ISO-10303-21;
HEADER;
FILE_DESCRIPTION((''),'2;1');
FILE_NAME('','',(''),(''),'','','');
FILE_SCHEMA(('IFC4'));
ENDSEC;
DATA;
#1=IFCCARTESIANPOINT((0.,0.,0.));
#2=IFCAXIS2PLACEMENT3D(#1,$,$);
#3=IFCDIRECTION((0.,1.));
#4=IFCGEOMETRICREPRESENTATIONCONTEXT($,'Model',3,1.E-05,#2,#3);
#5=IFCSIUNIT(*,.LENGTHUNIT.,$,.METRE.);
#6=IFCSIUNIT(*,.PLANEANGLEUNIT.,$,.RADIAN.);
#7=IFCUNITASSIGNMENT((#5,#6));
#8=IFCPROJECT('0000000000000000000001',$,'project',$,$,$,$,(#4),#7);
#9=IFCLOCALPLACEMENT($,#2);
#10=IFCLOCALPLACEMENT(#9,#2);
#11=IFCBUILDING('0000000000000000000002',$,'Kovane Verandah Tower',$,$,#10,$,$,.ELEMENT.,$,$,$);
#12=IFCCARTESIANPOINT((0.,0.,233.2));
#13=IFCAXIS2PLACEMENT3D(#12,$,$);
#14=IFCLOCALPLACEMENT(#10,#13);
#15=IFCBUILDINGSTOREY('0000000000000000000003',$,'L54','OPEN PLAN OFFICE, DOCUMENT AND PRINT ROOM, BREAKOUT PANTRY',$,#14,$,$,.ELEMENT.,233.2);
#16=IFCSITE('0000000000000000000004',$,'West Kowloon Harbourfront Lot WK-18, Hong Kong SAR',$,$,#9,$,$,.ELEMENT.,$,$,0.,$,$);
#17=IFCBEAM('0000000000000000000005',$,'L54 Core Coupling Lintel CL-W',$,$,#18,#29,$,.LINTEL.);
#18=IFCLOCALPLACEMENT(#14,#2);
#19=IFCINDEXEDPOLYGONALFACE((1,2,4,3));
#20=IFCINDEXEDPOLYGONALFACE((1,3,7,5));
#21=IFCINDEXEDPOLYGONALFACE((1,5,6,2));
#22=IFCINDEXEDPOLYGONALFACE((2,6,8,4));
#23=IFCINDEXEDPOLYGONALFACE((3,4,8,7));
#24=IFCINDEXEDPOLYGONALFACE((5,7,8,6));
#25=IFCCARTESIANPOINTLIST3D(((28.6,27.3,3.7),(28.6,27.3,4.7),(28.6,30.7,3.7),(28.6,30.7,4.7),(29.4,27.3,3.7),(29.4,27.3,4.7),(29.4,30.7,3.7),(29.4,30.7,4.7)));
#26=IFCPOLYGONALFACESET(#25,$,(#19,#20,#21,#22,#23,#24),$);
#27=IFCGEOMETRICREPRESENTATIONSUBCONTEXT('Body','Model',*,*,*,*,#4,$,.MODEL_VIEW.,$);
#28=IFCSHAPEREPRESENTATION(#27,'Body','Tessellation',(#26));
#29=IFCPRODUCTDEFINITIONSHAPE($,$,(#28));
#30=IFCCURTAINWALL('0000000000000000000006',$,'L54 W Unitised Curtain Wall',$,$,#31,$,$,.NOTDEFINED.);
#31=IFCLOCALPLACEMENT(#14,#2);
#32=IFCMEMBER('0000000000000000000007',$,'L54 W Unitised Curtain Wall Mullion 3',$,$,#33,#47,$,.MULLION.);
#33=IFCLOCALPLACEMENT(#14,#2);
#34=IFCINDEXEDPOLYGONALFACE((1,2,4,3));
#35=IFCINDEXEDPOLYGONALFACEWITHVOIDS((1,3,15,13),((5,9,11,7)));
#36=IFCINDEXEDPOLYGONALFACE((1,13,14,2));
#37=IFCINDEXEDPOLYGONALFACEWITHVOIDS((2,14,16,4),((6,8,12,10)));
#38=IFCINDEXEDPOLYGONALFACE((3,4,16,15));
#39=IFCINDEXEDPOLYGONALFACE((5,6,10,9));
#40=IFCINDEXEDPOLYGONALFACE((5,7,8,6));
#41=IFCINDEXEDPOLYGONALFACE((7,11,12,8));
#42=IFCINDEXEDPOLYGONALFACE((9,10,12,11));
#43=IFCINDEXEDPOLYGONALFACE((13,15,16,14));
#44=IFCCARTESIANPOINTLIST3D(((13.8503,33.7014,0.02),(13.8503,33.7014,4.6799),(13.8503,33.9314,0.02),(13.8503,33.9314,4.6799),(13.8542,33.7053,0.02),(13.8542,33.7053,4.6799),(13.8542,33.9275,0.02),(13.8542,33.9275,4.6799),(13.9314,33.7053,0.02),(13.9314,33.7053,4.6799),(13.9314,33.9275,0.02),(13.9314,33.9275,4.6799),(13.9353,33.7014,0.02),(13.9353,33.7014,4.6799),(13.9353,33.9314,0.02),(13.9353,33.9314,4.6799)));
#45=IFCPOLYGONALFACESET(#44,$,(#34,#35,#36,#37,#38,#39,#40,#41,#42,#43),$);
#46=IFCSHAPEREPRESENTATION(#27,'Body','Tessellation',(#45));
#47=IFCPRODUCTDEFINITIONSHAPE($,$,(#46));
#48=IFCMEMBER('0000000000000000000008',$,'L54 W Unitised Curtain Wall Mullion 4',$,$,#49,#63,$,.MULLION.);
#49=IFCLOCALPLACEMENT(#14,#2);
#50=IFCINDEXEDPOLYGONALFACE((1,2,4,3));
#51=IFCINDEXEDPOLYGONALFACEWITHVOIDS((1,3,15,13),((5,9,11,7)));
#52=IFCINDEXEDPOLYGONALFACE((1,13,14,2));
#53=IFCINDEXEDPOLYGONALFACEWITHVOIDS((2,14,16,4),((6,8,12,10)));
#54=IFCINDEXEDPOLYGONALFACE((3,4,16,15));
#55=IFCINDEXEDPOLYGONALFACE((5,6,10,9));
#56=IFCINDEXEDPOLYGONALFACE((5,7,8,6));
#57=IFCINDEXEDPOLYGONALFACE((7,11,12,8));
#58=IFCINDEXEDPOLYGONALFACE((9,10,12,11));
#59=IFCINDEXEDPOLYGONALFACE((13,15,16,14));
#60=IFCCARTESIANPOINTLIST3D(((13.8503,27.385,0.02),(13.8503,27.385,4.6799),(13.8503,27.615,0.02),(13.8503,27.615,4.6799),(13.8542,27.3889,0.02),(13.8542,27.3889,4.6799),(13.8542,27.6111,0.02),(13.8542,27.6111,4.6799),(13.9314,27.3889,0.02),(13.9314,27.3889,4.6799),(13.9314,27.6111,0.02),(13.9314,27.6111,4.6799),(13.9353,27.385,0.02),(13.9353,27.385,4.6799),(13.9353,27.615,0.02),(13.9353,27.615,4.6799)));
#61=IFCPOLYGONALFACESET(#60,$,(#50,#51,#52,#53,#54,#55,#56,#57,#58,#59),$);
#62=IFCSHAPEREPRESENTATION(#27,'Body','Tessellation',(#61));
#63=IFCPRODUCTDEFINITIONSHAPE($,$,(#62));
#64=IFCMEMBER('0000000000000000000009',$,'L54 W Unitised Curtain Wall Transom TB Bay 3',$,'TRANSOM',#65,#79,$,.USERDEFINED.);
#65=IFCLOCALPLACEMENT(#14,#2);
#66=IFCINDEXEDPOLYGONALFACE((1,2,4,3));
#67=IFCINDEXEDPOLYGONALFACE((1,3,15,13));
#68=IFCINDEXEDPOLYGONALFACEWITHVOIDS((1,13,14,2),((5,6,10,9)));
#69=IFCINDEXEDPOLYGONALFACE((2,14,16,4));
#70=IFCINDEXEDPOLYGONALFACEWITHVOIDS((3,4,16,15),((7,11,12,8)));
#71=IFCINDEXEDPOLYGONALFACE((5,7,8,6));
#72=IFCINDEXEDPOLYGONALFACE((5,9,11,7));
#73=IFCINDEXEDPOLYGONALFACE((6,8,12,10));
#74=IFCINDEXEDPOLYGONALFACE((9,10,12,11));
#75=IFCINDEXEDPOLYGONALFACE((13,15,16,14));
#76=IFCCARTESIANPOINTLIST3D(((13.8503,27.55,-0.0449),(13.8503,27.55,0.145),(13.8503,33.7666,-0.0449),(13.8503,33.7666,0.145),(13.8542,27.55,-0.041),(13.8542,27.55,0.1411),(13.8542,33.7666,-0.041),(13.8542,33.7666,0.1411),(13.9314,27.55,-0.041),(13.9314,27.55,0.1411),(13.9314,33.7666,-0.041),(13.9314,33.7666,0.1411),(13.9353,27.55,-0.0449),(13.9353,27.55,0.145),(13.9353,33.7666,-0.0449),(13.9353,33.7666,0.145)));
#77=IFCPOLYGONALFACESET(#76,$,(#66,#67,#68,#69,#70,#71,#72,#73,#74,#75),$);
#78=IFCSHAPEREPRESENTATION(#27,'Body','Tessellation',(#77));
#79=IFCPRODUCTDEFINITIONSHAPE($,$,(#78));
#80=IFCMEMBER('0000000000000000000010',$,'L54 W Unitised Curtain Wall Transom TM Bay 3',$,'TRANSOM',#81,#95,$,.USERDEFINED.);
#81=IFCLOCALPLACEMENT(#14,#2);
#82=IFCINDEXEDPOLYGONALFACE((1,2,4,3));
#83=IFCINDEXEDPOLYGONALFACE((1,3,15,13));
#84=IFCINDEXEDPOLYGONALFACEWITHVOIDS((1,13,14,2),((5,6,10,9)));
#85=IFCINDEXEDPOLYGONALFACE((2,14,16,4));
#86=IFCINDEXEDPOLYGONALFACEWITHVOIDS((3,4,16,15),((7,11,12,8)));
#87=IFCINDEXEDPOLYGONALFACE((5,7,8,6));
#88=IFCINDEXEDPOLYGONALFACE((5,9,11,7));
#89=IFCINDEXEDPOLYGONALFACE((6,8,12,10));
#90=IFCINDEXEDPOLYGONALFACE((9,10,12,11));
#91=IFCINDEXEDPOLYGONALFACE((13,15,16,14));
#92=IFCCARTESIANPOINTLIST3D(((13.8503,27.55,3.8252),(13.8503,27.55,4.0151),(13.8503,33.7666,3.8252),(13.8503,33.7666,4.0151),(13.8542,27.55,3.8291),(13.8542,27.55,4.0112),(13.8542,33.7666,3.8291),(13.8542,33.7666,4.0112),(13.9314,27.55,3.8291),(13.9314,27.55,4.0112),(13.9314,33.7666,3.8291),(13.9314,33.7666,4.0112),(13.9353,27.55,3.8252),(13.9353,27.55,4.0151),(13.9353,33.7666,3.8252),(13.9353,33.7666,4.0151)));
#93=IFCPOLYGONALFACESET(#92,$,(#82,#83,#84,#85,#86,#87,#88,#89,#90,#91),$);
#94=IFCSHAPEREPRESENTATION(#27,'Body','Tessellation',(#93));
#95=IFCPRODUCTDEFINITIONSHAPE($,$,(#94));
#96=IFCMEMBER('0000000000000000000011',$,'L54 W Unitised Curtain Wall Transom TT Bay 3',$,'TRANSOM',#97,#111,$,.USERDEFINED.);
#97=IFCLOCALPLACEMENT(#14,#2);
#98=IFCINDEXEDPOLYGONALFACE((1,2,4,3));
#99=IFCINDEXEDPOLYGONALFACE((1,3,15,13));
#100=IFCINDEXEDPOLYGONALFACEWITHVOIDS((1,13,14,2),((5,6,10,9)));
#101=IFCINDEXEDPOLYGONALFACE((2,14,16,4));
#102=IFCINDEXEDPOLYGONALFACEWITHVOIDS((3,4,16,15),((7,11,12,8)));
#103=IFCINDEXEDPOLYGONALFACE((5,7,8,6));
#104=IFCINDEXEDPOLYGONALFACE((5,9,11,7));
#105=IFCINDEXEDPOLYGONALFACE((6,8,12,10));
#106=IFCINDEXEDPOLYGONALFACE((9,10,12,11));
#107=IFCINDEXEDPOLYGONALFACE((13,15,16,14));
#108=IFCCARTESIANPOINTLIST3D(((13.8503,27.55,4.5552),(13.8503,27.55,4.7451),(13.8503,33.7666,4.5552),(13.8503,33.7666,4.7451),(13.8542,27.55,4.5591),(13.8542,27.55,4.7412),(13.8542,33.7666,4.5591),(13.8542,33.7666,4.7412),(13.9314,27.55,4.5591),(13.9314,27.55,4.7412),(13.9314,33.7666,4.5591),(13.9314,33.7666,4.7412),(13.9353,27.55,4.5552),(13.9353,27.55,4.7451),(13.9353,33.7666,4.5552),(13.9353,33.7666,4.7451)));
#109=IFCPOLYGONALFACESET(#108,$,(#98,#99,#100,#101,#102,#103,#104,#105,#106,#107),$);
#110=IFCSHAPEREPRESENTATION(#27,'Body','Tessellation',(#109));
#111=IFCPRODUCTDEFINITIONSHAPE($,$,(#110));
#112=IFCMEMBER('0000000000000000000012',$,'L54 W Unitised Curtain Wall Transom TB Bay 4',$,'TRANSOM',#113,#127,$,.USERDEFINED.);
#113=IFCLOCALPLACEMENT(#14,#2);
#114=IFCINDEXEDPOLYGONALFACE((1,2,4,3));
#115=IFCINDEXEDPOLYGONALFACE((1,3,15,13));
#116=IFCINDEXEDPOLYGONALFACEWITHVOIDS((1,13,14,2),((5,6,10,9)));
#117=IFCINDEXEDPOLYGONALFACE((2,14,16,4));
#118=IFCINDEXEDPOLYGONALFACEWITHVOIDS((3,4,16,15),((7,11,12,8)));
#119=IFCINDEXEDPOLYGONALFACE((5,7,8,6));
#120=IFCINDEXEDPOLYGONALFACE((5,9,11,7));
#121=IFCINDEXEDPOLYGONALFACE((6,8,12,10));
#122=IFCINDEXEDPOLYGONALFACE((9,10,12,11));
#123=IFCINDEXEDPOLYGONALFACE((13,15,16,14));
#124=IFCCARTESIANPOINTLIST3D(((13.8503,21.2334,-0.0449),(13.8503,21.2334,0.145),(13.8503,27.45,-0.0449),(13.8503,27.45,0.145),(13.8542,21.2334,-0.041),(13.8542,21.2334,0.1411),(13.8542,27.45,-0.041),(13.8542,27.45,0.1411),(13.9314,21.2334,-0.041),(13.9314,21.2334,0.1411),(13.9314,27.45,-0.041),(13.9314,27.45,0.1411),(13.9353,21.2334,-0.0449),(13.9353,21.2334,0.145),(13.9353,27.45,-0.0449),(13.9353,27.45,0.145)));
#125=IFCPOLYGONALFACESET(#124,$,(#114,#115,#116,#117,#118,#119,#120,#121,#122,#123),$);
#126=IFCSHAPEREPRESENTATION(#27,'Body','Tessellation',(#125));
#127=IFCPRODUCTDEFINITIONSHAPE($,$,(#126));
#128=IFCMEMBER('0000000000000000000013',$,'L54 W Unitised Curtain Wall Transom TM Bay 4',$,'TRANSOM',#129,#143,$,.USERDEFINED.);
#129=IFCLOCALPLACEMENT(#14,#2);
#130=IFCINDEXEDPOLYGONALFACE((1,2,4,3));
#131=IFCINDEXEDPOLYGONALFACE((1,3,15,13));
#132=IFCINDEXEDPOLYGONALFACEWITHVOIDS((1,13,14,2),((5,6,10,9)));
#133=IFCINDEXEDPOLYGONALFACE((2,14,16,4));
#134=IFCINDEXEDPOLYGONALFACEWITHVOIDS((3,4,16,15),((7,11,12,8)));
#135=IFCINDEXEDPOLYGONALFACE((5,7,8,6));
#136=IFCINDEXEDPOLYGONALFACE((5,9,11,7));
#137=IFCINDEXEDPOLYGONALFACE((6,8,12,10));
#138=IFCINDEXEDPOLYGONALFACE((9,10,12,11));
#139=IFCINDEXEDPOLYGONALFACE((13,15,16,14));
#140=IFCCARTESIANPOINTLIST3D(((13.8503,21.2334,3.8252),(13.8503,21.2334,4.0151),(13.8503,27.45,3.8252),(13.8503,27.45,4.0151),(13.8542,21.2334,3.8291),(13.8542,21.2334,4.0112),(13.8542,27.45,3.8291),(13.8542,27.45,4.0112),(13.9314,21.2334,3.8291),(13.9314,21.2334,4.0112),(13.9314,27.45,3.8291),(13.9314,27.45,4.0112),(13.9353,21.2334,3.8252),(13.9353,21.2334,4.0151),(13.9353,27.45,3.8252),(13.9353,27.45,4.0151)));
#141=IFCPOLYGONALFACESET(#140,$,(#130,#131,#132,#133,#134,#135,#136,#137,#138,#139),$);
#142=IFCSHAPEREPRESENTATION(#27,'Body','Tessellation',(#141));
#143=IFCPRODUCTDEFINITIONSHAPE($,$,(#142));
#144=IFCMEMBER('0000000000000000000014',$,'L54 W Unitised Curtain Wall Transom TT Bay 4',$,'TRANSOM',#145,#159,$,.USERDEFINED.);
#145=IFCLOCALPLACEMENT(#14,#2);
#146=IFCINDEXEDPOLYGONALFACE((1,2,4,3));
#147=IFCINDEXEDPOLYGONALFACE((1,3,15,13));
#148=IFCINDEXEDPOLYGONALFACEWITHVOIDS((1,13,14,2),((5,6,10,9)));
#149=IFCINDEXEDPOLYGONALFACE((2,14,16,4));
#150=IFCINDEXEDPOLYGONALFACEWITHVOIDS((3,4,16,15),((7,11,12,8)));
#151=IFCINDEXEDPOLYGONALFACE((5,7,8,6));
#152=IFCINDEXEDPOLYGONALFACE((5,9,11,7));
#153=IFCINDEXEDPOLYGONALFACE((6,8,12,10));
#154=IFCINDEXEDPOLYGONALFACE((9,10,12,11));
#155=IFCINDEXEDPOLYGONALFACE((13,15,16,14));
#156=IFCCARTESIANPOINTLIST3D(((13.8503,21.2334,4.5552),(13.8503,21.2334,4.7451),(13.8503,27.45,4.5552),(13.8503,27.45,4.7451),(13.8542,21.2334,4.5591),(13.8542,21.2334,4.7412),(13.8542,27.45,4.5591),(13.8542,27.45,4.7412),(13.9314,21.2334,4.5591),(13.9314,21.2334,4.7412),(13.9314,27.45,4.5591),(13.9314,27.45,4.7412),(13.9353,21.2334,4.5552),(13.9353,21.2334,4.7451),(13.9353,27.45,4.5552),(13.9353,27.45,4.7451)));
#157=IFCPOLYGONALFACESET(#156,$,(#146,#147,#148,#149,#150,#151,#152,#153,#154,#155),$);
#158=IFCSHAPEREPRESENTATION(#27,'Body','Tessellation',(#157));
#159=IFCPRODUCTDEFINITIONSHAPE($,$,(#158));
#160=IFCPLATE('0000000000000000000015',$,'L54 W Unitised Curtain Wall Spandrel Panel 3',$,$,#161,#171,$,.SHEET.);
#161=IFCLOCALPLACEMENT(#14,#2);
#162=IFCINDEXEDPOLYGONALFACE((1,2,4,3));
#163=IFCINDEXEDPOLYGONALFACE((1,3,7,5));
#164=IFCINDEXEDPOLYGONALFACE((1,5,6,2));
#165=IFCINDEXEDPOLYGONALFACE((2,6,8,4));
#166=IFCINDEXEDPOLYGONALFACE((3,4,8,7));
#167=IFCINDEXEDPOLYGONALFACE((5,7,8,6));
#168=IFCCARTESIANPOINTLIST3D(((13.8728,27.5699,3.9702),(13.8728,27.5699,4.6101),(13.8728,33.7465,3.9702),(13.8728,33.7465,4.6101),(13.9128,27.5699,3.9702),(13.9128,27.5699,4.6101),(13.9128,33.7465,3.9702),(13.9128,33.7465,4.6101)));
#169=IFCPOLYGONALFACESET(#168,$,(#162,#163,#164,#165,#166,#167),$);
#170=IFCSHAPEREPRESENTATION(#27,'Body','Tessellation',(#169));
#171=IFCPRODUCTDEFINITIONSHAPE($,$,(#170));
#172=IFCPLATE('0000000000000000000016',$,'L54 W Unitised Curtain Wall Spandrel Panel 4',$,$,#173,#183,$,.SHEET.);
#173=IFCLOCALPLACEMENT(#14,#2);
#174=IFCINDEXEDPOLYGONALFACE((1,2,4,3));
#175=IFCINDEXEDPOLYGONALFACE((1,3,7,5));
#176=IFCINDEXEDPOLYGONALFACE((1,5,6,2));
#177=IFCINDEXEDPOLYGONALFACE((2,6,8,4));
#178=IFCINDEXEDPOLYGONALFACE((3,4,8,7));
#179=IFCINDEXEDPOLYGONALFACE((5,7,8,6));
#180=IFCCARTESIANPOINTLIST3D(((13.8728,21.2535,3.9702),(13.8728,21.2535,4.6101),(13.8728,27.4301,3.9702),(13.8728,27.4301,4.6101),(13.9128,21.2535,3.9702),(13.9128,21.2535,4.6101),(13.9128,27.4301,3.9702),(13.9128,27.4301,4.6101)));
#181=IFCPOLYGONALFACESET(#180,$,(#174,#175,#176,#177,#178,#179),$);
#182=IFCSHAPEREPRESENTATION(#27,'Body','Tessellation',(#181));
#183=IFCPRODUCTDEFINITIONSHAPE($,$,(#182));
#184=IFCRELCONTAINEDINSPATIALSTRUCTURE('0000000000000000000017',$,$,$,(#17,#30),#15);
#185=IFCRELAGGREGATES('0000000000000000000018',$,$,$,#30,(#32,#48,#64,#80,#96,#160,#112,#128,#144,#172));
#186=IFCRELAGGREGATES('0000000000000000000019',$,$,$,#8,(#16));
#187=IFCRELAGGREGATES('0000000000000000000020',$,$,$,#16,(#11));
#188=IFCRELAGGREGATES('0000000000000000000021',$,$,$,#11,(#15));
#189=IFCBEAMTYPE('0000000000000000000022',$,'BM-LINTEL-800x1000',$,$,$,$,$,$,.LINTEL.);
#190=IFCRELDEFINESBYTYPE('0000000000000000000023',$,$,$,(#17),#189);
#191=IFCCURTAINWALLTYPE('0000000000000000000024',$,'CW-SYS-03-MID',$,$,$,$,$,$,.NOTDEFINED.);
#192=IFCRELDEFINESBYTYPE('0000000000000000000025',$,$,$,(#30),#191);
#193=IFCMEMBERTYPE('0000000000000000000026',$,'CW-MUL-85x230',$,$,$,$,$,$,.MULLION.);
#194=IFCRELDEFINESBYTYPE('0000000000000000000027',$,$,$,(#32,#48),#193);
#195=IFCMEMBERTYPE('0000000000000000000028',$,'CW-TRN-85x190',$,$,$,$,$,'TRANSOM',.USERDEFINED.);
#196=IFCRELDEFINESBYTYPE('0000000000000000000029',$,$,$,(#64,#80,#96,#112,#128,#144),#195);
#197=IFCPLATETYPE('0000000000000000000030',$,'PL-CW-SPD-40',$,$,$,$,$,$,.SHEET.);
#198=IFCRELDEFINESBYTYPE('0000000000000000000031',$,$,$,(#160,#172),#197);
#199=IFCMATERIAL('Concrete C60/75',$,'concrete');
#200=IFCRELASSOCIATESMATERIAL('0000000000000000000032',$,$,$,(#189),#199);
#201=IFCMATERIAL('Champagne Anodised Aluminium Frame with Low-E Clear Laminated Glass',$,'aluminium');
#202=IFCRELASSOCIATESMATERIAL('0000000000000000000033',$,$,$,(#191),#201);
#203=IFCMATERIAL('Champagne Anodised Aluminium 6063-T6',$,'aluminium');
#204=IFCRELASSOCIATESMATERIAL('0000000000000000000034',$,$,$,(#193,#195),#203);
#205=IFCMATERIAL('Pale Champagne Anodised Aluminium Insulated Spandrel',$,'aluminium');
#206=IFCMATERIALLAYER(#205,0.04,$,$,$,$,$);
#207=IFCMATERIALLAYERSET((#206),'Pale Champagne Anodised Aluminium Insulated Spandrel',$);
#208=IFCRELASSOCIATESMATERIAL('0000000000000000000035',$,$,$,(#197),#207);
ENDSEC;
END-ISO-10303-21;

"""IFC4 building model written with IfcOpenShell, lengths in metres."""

from ifc_helpers import new_model, si_unit, direction, frame, origin, origin_2d, place, context, subcontext, project, spatial, rectangle, hollow_rectangle, extrude, material, layer, layer_set, material_profile, profile_set, type_object, element, aggregate, save


model = new_model("IFC4")

# Units and contexts
model_context = context("Model", 3, precision=1e-05, world=origin(), true_north=direction((0.0, 1.0)))
body_context = subcontext(model_context, "Body", "Model", "MODEL_VIEW")
ifc_project = project(units=[si_unit("LENGTHUNIT", "METRE"), si_unit("PLANEANGLEUNIT", "RADIAN")], contexts=[model_context])

# Site, building, storey
site_placement = place(None, origin())
site = spatial("IfcSite", under=ifc_project, at=site_placement, Name="West Kowloon Harbourfront Lot WK-18, Hong Kong SAR", CompositionType="ELEMENT", RefElevation=0.0)
building_placement = place(site_placement, origin())
building = spatial("IfcBuilding", under=site, at=building_placement, Name="Kovane Verandah Tower", CompositionType="ELEMENT")
storey_placement = place(building_placement, frame((0.0, 0.0, 233.2)))
storey = spatial("IfcBuildingStorey", under=building, at=storey_placement, Name="L54", Description="OPEN PLAN OFFICE, DOCUMENT AND PRINT ROOM, BREAKOUT PANTRY", CompositionType="ELEMENT", Elevation=233.2)

# Beam
ifc_material_1 = material(Name="Concrete C60/75", Category="concrete")
ifc_material_profile_1 = material_profile(ifc_material_1, rectangle(XDim=0.8, YDim=1.0, at=origin_2d()), Name="RCB800x1000")
ifc_profile_set_1 = profile_set([ifc_material_profile_1], Name="Concrete C60/75")
beam_type = type_object("IfcBeamType", Name="BM-LINTEL-800x1000", PredefinedType="LINTEL", material=ifc_profile_set_1)
beam_placement = place(storey_placement, frame((29.0, 27.3, 4.2), z_axis=(0.0, 1.0, 0.0), x_axis=(-1.0, 0.0, 0.0)))
element("IfcBeam", 1, at=beam_placement, inside=storey, type_object=beam_type, Name="L54 Core Coupling Lintel CL-W", PredefinedType="LINTEL", context=body_context, shape_type="SweptSolid", body=[
    extrude(rectangle(XDim=0.8, YDim=1.0, at=origin_2d()), origin(), (0.0, 0.0, 1.0), 3.3999),
])

# Curtain wall, members, plates
ifc_material_2 = material(Name="Champagne Anodised Aluminium Frame with Low-E Clear Laminated Glass", Category="aluminium")
curtain_wall_type = type_object("IfcCurtainWallType", Name="CW-SYS-03-MID", PredefinedType="NOTDEFINED", material=ifc_material_2)
curtain_wall_placement = place(storey_placement, origin())
curtain_wall = element("IfcCurtainWall", 2, at=curtain_wall_placement, inside=storey, type_object=curtain_wall_type, Name="L54 W Unitised Curtain Wall", PredefinedType="NOTDEFINED")
ifc_material_3 = material(Name="Champagne Anodised Aluminium 6063-T6", Category="aluminium")
ifc_material_profile_2 = material_profile(ifc_material_3, hollow_rectangle(XDim=0.085, YDim=0.23, WallThickness=0.0039, at=origin_2d()), Name="AL85x230x4")
ifc_profile_set_2 = profile_set([ifc_material_profile_2], Name="Champagne Anodised Aluminium 6063-T6")
member_type_1 = type_object("IfcMemberType", Name="CW-MUL-85x230", PredefinedType="MULLION", material=ifc_profile_set_2)
member_1_placement = place(storey_placement, frame((13.8928, 33.8164, 0.02), z_axis=(0.0, 0.0, 1.0), x_axis=(-1.0, 0.0, 0.0)))
member_1 = element("IfcMember", 3, at=member_1_placement, type_object=member_type_1, Name="L54 W Unitised Curtain Wall Mullion 3", PredefinedType="MULLION", context=body_context, shape_type="SweptSolid", body=[
    extrude(hollow_rectangle(XDim=0.085, YDim=0.23, WallThickness=0.0039, at=origin_2d()), origin(), (0.0, 0.0, 1.0), 4.6599),
])
member_2_placement = place(storey_placement, frame((13.8928, 27.5, 0.02), z_axis=(0.0, 0.0, 1.0), x_axis=(-1.0, 0.0, 0.0)))
member_2 = element("IfcMember", 4, at=member_2_placement, type_object=member_type_1, Name="L54 W Unitised Curtain Wall Mullion 4", PredefinedType="MULLION", context=body_context, shape_type="SweptSolid", body=[
    extrude(hollow_rectangle(XDim=0.085, YDim=0.23, WallThickness=0.0039, at=origin_2d()), origin(), (0.0, 0.0, 1.0), 4.6599),
])
ifc_material_profile_3 = material_profile(ifc_material_3, hollow_rectangle(XDim=0.085, YDim=0.1899, WallThickness=0.0039, at=origin_2d()), Name="AL85x190x4")
ifc_profile_set_3 = profile_set([ifc_material_profile_3], Name="Champagne Anodised Aluminium 6063-T6")
member_type_2 = type_object("IfcMemberType", Name="CW-TRN-85x190", ElementType="TRANSOM", PredefinedType="USERDEFINED", material=ifc_profile_set_3)
member_3_placement = place(storey_placement, frame((13.8928, 33.7666, 0.05), z_axis=(0.0, -1.0, 0.0), x_axis=(1.0, 0.0, 0.0)))
member_3 = element("IfcMember", 5, at=member_3_placement, type_object=member_type_2, Name="L54 W Unitised Curtain Wall Transom TB Bay 3", ObjectType="TRANSOM", PredefinedType="USERDEFINED", context=body_context, shape_type="SweptSolid", body=[
    extrude(hollow_rectangle(XDim=0.085, YDim=0.1899, WallThickness=0.0039, at=origin_2d()), origin(), (0.0, 0.0, 1.0), 6.2166),
])
member_4_placement = place(storey_placement, frame((13.8928, 33.7666, 3.9202), z_axis=(0.0, -1.0, 0.0), x_axis=(1.0, 0.0, 0.0)))
member_4 = element("IfcMember", 6, at=member_4_placement, type_object=member_type_2, Name="L54 W Unitised Curtain Wall Transom TM Bay 3", ObjectType="TRANSOM", PredefinedType="USERDEFINED", context=body_context, shape_type="SweptSolid", body=[
    extrude(hollow_rectangle(XDim=0.085, YDim=0.1899, WallThickness=0.0039, at=origin_2d()), origin(), (0.0, 0.0, 1.0), 6.2166),
])
member_5_placement = place(storey_placement, frame((13.8928, 33.7666, 4.6501), z_axis=(0.0, -1.0, 0.0), x_axis=(1.0, 0.0, 0.0)))
member_5 = element("IfcMember", 7, at=member_5_placement, type_object=member_type_2, Name="L54 W Unitised Curtain Wall Transom TT Bay 3", ObjectType="TRANSOM", PredefinedType="USERDEFINED", context=body_context, shape_type="SweptSolid", body=[
    extrude(hollow_rectangle(XDim=0.085, YDim=0.1899, WallThickness=0.0039, at=origin_2d()), origin(), (0.0, 0.0, 1.0), 6.2166),
])
member_6_placement = place(storey_placement, frame((13.8928, 27.45, 0.05), z_axis=(0.0, -1.0, 0.0), x_axis=(1.0, 0.0, 0.0)))
member_6 = element("IfcMember", 8, at=member_6_placement, type_object=member_type_2, Name="L54 W Unitised Curtain Wall Transom TB Bay 4", ObjectType="TRANSOM", PredefinedType="USERDEFINED", context=body_context, shape_type="SweptSolid", body=[
    extrude(hollow_rectangle(XDim=0.085, YDim=0.1899, WallThickness=0.0039, at=origin_2d()), origin(), (0.0, 0.0, 1.0), 6.2166),
])
member_7_placement = place(storey_placement, frame((13.8928, 27.45, 3.9202), z_axis=(0.0, -1.0, 0.0), x_axis=(1.0, 0.0, 0.0)))
member_7 = element("IfcMember", 9, at=member_7_placement, type_object=member_type_2, Name="L54 W Unitised Curtain Wall Transom TM Bay 4", ObjectType="TRANSOM", PredefinedType="USERDEFINED", context=body_context, shape_type="SweptSolid", body=[
    extrude(hollow_rectangle(XDim=0.085, YDim=0.1899, WallThickness=0.0039, at=origin_2d()), origin(), (0.0, 0.0, 1.0), 6.2166),
])
member_8_placement = place(storey_placement, frame((13.8928, 27.45, 4.6501), z_axis=(0.0, -1.0, 0.0), x_axis=(1.0, 0.0, 0.0)))
member_8 = element("IfcMember", 10, at=member_8_placement, type_object=member_type_2, Name="L54 W Unitised Curtain Wall Transom TT Bay 4", ObjectType="TRANSOM", PredefinedType="USERDEFINED", context=body_context, shape_type="SweptSolid", body=[
    extrude(hollow_rectangle(XDim=0.085, YDim=0.1899, WallThickness=0.0039, at=origin_2d()), origin(), (0.0, 0.0, 1.0), 6.2166),
])
ifc_material_4 = material(Name="Pale Champagne Anodised Aluminium Insulated Spandrel", Category="aluminium")
ifc_layer_1 = layer(ifc_material_4, 0.04)
ifc_layer_set_1 = layer_set([ifc_layer_1], Name="Pale Champagne Anodised Aluminium Insulated Spandrel")
plate_type_1 = type_object("IfcPlateType", Name="PL-CW-SPD-40", PredefinedType="SHEET", material=ifc_layer_set_1)
plate_1_placement = place(storey_placement, frame((13.8928, 30.6582, 3.9702), z_axis=(0.0, 0.0, 1.0), x_axis=(0.0, -1.0, 0.0)))
plate_1 = element("IfcPlate", 11, at=plate_1_placement, type_object=plate_type_1, Name="L54 W Unitised Curtain Wall Spandrel Panel 3", PredefinedType="SHEET", context=body_context, shape_type="SweptSolid", body=[
    extrude(rectangle(XDim=6.1765, YDim=0.04, at=origin_2d()), origin(), (0.0, 0.0, 1.0), 0.6399),
])
plate_2_placement = place(storey_placement, frame((13.8928, 24.3418, 3.9702), z_axis=(0.0, 0.0, 1.0), x_axis=(0.0, -1.0, 0.0)))
plate_2 = element("IfcPlate", 12, at=plate_2_placement, type_object=plate_type_1, Name="L54 W Unitised Curtain Wall Spandrel Panel 4", PredefinedType="SHEET", context=body_context, shape_type="SweptSolid", body=[
    extrude(rectangle(XDim=6.1765, YDim=0.04, at=origin_2d()), origin(), (0.0, 0.0, 1.0), 0.6399),
])
aggregate(curtain_wall, [member_1, member_2, member_3, member_4, member_5, plate_1, member_6, member_7, member_8, plate_2])

save(model, "model.ifc")
